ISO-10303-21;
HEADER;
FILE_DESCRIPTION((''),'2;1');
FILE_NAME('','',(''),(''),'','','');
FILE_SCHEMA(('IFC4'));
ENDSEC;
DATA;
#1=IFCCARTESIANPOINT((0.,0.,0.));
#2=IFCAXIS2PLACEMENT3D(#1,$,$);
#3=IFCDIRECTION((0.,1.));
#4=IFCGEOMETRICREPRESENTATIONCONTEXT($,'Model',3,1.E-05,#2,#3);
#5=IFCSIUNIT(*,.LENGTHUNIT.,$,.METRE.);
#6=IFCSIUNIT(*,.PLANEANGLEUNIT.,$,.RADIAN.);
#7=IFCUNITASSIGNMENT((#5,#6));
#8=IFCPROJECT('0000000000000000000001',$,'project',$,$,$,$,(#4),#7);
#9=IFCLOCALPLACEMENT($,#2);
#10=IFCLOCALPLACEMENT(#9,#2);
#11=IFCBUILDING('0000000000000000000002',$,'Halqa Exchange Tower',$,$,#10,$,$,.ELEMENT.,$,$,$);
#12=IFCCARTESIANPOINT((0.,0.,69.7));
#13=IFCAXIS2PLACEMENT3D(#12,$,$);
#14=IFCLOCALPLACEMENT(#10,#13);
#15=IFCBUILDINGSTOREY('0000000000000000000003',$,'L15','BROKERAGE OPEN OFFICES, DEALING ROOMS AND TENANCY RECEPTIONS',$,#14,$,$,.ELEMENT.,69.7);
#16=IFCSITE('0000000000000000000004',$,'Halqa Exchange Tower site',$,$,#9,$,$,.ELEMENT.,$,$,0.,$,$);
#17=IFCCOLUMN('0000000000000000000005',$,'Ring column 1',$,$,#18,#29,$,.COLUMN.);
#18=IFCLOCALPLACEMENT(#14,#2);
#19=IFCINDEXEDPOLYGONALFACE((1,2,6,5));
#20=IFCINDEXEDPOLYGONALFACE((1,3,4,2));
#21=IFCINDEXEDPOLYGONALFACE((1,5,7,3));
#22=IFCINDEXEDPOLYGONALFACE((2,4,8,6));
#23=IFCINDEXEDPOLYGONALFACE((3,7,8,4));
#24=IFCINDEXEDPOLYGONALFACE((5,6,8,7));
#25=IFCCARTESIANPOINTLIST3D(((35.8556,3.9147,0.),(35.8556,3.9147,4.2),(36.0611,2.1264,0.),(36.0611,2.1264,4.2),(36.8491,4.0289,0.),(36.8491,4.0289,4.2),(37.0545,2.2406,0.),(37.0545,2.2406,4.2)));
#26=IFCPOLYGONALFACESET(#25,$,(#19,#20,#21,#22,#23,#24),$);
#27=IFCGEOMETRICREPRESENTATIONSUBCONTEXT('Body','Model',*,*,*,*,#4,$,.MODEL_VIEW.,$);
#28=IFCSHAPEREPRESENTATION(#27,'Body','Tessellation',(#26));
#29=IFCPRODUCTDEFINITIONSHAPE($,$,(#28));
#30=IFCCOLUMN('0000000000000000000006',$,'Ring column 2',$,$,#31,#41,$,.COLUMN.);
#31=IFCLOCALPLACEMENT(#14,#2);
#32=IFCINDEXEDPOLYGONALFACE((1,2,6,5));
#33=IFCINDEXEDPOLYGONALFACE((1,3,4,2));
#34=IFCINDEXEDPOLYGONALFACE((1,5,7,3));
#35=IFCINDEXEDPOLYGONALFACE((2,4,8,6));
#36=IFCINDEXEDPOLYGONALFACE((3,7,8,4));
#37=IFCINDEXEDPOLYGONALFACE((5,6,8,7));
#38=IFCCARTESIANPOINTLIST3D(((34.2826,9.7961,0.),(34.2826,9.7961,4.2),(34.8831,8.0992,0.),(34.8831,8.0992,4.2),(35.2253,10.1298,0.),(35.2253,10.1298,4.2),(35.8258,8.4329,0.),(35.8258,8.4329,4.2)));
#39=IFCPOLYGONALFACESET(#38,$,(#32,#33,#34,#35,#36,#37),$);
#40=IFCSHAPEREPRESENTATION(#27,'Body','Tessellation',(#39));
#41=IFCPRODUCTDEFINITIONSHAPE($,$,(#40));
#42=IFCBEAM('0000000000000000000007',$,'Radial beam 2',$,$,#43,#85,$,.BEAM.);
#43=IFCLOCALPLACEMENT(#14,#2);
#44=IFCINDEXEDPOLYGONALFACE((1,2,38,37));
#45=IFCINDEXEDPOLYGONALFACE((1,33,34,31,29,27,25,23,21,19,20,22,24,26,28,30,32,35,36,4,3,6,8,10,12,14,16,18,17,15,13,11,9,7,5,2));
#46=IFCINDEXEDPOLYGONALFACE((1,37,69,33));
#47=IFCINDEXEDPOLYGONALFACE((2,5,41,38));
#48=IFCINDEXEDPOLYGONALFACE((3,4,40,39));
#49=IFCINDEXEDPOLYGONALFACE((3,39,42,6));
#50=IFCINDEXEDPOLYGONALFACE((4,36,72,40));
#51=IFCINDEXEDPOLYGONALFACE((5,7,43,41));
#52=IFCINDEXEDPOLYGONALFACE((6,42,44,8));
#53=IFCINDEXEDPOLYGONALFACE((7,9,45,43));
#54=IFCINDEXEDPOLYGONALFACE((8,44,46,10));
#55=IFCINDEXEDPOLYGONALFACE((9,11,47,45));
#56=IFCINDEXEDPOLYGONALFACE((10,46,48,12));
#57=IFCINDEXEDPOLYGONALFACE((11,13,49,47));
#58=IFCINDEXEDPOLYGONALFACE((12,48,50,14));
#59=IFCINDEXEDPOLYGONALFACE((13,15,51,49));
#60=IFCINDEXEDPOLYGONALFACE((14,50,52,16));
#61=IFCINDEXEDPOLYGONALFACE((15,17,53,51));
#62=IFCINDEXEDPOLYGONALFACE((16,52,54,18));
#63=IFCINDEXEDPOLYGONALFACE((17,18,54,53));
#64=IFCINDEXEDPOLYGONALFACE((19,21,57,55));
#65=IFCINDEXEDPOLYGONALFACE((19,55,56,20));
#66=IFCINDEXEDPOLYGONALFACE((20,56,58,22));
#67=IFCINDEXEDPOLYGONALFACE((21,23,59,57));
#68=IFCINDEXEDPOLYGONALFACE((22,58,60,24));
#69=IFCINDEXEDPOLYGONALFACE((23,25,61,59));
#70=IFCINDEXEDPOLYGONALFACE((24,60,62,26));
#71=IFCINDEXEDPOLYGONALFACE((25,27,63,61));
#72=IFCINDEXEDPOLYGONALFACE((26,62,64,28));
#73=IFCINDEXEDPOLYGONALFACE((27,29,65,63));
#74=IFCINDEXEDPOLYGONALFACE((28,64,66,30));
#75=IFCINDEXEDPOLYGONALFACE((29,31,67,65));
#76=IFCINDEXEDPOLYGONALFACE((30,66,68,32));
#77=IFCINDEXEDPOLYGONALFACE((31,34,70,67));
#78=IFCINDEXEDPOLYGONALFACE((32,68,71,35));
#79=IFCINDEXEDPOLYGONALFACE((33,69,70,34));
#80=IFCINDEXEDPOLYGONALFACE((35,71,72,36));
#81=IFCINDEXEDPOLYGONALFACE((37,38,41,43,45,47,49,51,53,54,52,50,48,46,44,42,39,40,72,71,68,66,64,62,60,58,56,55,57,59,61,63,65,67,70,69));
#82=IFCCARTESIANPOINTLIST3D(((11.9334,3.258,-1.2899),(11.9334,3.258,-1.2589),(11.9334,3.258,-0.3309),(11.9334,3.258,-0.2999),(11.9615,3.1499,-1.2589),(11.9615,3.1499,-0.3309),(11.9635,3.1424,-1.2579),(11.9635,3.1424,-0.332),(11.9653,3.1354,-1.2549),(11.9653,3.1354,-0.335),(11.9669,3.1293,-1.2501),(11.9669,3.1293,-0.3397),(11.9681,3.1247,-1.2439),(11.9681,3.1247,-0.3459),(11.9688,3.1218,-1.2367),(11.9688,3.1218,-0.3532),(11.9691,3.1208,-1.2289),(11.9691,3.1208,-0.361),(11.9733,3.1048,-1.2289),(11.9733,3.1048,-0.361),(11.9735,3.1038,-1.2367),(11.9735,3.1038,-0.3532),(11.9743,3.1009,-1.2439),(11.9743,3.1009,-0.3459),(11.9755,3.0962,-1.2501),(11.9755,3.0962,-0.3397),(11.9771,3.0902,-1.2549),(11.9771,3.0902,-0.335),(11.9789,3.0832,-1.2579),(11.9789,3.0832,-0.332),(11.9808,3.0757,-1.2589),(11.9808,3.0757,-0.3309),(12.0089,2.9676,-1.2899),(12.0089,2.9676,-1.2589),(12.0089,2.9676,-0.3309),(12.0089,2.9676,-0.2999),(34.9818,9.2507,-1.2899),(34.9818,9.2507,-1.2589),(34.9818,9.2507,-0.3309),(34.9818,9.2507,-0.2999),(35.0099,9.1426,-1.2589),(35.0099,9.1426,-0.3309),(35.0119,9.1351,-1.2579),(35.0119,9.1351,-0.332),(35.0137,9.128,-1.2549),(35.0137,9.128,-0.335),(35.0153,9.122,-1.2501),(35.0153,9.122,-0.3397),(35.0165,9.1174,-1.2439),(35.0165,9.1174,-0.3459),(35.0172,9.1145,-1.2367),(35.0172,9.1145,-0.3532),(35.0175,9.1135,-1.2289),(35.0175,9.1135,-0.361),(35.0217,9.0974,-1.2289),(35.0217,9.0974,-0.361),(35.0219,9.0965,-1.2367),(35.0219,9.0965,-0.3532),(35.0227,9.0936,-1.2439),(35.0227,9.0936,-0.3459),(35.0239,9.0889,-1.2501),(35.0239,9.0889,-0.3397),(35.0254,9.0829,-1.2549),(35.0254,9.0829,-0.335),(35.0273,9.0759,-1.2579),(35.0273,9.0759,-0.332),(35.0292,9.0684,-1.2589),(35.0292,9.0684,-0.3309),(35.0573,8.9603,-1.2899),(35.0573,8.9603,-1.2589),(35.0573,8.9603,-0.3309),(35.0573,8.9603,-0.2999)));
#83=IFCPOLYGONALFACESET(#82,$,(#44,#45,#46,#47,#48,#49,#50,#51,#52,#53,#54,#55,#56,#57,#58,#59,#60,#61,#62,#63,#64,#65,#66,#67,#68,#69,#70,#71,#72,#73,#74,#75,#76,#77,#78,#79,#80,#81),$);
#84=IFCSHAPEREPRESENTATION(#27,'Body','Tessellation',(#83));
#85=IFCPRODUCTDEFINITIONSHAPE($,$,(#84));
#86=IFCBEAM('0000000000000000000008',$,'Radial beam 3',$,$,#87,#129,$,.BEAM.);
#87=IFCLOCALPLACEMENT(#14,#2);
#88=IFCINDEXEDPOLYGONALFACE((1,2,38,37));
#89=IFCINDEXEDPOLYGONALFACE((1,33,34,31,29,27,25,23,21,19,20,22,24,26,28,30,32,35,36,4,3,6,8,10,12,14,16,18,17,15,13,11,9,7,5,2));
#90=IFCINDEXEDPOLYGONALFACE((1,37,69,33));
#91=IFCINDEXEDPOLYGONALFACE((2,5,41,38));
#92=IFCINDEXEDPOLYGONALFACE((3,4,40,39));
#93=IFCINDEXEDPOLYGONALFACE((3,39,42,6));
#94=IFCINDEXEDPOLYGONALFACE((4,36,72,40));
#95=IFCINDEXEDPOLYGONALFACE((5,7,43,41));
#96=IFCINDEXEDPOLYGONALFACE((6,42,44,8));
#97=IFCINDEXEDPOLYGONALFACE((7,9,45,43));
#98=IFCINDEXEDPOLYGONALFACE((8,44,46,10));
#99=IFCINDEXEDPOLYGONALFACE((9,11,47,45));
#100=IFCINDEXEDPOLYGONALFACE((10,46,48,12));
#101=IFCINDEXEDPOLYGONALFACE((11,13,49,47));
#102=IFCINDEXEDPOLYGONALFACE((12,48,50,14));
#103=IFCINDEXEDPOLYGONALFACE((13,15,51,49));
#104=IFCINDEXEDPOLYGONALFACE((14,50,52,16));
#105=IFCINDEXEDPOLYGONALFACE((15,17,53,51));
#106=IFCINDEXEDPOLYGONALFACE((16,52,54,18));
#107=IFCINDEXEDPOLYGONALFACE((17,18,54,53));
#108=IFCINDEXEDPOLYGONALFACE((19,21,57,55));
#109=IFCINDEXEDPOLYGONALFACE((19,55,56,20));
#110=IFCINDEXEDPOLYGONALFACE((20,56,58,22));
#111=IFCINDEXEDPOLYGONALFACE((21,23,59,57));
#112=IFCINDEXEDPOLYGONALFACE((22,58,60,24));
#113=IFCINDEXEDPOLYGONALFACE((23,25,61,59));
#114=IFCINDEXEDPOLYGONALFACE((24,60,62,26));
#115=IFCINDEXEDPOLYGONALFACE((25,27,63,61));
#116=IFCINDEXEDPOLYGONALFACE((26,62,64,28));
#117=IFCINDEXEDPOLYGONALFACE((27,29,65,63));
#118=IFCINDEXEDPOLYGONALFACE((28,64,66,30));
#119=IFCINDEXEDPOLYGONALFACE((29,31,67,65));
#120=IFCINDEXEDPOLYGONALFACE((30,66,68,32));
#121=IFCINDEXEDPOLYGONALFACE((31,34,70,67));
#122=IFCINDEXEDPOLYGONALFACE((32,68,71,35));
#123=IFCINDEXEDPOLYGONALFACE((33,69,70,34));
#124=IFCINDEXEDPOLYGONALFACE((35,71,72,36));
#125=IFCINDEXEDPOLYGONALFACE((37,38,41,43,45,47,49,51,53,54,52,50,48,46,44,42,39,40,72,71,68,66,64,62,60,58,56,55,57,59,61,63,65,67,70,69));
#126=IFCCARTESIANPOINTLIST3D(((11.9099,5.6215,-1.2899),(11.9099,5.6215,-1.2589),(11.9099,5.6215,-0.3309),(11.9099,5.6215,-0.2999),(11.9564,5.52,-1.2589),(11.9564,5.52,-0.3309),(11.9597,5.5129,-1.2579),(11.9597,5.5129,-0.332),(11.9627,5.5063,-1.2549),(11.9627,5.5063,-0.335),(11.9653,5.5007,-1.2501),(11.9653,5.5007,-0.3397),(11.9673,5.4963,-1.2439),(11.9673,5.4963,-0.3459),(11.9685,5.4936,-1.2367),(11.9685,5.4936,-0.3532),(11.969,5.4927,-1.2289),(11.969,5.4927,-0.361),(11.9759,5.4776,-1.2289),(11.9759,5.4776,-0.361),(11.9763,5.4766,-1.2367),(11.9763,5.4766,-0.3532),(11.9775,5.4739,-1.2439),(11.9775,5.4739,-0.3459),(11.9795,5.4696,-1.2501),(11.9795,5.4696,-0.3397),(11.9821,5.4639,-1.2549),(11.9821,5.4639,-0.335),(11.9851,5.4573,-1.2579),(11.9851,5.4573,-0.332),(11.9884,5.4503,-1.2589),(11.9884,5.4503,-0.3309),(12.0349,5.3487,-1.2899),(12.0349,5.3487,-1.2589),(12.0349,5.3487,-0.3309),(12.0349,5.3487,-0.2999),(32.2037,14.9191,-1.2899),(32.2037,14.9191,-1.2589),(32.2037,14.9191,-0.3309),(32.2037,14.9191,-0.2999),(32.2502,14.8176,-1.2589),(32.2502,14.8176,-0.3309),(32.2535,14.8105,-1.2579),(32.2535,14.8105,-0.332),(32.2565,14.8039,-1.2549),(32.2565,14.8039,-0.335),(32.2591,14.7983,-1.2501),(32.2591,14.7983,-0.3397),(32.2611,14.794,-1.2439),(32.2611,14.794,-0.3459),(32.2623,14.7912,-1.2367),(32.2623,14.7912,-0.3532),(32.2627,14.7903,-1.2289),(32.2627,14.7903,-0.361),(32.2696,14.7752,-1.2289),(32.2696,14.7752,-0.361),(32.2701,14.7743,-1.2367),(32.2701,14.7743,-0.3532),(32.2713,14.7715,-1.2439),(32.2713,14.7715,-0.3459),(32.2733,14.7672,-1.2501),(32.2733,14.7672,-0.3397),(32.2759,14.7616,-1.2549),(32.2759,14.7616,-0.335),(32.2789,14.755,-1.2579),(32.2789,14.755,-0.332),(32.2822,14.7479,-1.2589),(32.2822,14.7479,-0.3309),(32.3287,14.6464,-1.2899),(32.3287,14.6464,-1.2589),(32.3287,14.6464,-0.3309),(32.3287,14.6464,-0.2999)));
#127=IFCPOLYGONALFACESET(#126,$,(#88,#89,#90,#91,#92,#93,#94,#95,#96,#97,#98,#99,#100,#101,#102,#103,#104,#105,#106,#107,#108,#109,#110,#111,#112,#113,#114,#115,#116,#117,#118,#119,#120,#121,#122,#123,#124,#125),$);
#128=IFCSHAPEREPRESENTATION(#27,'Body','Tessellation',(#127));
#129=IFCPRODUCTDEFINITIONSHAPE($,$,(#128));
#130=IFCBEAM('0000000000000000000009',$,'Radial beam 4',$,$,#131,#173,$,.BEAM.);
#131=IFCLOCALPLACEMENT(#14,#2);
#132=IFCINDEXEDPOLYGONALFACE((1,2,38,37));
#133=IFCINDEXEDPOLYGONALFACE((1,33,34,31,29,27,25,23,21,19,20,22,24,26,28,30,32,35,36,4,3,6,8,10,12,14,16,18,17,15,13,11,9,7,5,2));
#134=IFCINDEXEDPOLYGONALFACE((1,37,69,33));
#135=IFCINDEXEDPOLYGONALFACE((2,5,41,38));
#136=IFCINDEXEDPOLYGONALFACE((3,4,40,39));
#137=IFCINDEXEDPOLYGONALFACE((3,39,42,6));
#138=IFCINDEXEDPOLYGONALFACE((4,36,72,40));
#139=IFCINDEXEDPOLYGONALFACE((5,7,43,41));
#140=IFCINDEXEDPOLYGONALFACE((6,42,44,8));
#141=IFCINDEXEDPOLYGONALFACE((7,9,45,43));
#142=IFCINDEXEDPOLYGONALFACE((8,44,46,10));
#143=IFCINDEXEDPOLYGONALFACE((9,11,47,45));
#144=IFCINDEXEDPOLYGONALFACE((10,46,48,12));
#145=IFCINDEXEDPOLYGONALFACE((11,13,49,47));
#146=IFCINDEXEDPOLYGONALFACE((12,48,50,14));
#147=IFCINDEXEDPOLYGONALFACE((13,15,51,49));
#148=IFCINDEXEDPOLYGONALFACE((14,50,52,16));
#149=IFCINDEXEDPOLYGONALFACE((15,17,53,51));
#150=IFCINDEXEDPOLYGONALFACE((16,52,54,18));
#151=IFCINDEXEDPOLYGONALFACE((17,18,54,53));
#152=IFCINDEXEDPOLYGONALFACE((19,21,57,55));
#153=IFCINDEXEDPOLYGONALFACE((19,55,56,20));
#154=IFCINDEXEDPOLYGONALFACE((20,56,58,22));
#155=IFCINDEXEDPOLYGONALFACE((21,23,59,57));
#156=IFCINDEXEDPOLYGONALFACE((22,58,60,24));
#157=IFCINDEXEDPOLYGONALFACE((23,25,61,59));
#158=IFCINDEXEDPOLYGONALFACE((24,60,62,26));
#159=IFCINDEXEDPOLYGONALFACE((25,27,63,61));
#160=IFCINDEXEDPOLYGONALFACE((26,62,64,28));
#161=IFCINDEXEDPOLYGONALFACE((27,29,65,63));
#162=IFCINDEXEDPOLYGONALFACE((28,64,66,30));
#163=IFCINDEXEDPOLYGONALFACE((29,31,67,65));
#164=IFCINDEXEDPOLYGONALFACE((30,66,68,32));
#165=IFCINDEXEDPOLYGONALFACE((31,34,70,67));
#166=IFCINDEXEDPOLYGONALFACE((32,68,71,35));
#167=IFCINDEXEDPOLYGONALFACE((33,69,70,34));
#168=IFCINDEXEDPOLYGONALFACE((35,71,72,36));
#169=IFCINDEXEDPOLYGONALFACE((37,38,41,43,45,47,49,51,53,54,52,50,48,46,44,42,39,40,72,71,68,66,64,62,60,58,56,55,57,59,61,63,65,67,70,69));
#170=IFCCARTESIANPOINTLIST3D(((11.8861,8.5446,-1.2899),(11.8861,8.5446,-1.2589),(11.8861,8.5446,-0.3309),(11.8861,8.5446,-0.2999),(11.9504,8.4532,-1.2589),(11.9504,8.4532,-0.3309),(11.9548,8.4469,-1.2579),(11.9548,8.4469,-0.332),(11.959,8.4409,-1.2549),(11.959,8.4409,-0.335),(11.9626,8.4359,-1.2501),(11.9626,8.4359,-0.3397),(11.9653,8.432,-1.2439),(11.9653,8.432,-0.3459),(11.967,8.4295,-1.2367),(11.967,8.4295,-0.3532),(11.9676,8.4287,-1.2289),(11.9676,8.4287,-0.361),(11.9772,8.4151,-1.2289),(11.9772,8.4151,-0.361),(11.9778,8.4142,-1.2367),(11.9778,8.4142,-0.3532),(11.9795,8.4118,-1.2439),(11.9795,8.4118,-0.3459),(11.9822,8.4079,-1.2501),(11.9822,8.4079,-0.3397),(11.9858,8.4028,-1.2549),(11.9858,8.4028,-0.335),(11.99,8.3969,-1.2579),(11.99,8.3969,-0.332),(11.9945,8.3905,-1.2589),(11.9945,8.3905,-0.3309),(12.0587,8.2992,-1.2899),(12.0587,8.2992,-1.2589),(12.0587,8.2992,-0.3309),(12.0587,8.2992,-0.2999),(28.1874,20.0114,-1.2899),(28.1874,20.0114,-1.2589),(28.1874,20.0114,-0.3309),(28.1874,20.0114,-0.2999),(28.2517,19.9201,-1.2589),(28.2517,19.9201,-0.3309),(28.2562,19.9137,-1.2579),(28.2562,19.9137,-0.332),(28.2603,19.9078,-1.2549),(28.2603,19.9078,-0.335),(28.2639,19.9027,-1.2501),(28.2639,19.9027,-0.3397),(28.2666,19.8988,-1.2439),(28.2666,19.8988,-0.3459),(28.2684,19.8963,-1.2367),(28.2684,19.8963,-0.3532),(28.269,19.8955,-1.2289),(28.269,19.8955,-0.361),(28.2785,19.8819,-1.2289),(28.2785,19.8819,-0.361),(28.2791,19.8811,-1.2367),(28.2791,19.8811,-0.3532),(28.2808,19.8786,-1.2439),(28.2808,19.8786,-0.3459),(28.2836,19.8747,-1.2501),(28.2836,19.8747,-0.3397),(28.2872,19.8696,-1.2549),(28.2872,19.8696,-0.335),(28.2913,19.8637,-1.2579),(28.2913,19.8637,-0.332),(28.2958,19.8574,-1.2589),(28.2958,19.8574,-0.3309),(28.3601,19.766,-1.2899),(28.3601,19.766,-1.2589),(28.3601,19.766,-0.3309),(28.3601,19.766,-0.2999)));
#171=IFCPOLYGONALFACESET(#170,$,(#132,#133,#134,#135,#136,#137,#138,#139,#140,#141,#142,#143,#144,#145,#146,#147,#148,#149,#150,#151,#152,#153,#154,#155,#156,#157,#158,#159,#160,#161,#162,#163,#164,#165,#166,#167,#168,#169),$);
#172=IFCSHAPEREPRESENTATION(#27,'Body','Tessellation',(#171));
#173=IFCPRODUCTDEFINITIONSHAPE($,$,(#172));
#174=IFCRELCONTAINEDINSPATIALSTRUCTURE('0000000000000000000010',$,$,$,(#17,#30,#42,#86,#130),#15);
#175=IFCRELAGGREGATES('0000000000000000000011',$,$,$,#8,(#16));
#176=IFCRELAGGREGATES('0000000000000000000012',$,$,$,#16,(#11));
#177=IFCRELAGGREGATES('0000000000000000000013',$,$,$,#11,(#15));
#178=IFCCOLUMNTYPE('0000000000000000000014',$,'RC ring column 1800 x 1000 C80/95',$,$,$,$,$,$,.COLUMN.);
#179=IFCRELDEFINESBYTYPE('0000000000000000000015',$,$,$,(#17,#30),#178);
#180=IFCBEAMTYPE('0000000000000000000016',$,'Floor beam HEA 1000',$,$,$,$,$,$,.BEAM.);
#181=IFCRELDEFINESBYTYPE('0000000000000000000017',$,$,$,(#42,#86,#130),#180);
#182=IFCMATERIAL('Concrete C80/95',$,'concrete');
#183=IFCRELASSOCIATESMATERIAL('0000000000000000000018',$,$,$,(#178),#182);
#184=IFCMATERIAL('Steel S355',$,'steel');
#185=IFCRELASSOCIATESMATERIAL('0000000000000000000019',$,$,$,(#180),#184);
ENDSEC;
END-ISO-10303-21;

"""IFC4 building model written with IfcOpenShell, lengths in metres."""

from ifc_helpers import new_model, si_unit, direction, frame, origin, origin_2d, place, context, subcontext, project, spatial, rectangle, i_section, extrude, material, material_profile, profile_set, type_object, element, save


model = new_model("IFC4")

# Units and contexts
model_context = context("Model", 3, precision=1e-05, world=origin(), true_north=direction((0.0, 1.0)))
body_context = subcontext(model_context, "Body", "Model", "MODEL_VIEW")
ifc_project = project(units=[si_unit("LENGTHUNIT", "METRE"), si_unit("PLANEANGLEUNIT", "RADIAN")], contexts=[model_context])

# Site, building, storey
site_placement = place(None, origin())
site = spatial("IfcSite", under=ifc_project, at=site_placement, Name="Halqa Exchange Tower site", CompositionType="ELEMENT", RefElevation=0.0)
building_placement = place(site_placement, origin())
building = spatial("IfcBuilding", under=site, at=building_placement, Name="Halqa Exchange Tower", CompositionType="ELEMENT")
storey_placement = place(building_placement, frame((0.0, 0.0, 69.7)))
storey = spatial("IfcBuildingStorey", under=building, at=storey_placement, Name="L15", Description="BROKERAGE OPEN OFFICES, DEALING ROOMS AND TENANCY RECEPTIONS", CompositionType="ELEMENT", Elevation=69.7)

# Columns
ifc_material_1 = material(Name="Concrete C80/95", Category="concrete")
ifc_material_profile_1 = material_profile(ifc_material_1, rectangle(XDim=1.8, YDim=1.0, at=origin_2d()), Name="1800 x 1000")
ifc_profile_set_1 = profile_set([ifc_material_profile_1], Name="Concrete C80/95")
column_type = type_object("IfcColumnType", Name="RC ring column 1800 x 1000 C80/95", PredefinedType="COLUMN", material=ifc_profile_set_1)
for number, where, z_axis, x_axis, name in (
    (1, (36.4551, 3.0776, 0.0), (0.0, 0.0, 1.0), (-0.114152, 0.993463, 0.0), "Ring column 1"),
    (2, (35.0542, 9.1145, 0.0), (0.0, 0.0, 1.0), (-0.333624, 0.942706, 0.0), "Ring column 2"),
):
    element("IfcColumn", number, at=place(storey_placement, frame(where, z_axis=z_axis, x_axis=x_axis)), inside=storey, type_object=column_type, Name=name, PredefinedType="COLUMN", context=body_context, shape_type="SweptSolid", body=[
        extrude(rectangle(XDim=1.8, YDim=1.0, at=origin_2d()), origin(), (0.0, 0.0, 1.0), 4.2),
    ])

# Beams
ifc_material_2 = material(Name="Steel S355", Category="steel")
ifc_material_profile_2 = material_profile(ifc_material_2, i_section(OverallWidth=0.3, OverallDepth=0.99, WebThickness=0.0166, FlangeThickness=0.031, FilletRadius=0.03, at=origin_2d()), Name="HEA 1000")
ifc_profile_set_2 = profile_set([ifc_material_profile_2], Name="Steel S355")
beam_type_1 = type_object("IfcBeamType", Name="Floor beam HEA 1000", PredefinedType="BEAM", material=ifc_profile_set_2)
beam_1_placement = place(storey_placement, frame((11.9712, 3.1128, -0.7949), z_axis=(0.967821, 0.251638, 0.0), x_axis=(-0.251638, 0.967821, 0.0)))
element("IfcBeam", 3, at=beam_1_placement, inside=storey, type_object=beam_type_1, Name="Radial beam 2", PredefinedType="BEAM", context=body_context, shape_type="SweptSolid", body=[
    extrude(i_section(OverallWidth=0.3, OverallDepth=0.99, WebThickness=0.0166, FlangeThickness=0.031, FilletRadius=0.03, at=origin_2d()), origin(), (0.0, 0.0, 1.0), 23.8147),
])
beam_2_placement = place(storey_placement, frame((11.9724, 5.4851, -0.7949), z_axis=(0.909127, 0.416519, 0.0), x_axis=(-0.416519, 0.909127, 0.0)))
element("IfcBeam", 4, at=beam_2_placement, inside=storey, type_object=beam_type_1, Name="Radial beam 3", PredefinedType="BEAM", context=body_context, shape_type="SweptSolid", body=[
    extrude(i_section(OverallWidth=0.3, OverallDepth=0.99, WebThickness=0.0166, FlangeThickness=0.031, FilletRadius=0.03, at=origin_2d()), origin(), (0.0, 0.0, 1.0), 22.3223),
])
beam_3_placement = place(storey_placement, frame((11.9724, 8.4219, -0.7949), z_axis=(0.817912, 0.575344, 0.0), x_axis=(-0.575344, 0.817912, 0.0)))
element("IfcBeam", 5, at=beam_3_placement, inside=storey, type_object=beam_type_1, Name="Radial beam 4", PredefinedType="BEAM", context=body_context, shape_type="SweptSolid", body=[
    extrude(i_section(OverallWidth=0.3, OverallDepth=0.99, WebThickness=0.0166, FlangeThickness=0.031, FilletRadius=0.03, at=origin_2d()), origin(), (0.0, 0.0, 1.0), 19.9304),
])

save(model, "model.ifc")
